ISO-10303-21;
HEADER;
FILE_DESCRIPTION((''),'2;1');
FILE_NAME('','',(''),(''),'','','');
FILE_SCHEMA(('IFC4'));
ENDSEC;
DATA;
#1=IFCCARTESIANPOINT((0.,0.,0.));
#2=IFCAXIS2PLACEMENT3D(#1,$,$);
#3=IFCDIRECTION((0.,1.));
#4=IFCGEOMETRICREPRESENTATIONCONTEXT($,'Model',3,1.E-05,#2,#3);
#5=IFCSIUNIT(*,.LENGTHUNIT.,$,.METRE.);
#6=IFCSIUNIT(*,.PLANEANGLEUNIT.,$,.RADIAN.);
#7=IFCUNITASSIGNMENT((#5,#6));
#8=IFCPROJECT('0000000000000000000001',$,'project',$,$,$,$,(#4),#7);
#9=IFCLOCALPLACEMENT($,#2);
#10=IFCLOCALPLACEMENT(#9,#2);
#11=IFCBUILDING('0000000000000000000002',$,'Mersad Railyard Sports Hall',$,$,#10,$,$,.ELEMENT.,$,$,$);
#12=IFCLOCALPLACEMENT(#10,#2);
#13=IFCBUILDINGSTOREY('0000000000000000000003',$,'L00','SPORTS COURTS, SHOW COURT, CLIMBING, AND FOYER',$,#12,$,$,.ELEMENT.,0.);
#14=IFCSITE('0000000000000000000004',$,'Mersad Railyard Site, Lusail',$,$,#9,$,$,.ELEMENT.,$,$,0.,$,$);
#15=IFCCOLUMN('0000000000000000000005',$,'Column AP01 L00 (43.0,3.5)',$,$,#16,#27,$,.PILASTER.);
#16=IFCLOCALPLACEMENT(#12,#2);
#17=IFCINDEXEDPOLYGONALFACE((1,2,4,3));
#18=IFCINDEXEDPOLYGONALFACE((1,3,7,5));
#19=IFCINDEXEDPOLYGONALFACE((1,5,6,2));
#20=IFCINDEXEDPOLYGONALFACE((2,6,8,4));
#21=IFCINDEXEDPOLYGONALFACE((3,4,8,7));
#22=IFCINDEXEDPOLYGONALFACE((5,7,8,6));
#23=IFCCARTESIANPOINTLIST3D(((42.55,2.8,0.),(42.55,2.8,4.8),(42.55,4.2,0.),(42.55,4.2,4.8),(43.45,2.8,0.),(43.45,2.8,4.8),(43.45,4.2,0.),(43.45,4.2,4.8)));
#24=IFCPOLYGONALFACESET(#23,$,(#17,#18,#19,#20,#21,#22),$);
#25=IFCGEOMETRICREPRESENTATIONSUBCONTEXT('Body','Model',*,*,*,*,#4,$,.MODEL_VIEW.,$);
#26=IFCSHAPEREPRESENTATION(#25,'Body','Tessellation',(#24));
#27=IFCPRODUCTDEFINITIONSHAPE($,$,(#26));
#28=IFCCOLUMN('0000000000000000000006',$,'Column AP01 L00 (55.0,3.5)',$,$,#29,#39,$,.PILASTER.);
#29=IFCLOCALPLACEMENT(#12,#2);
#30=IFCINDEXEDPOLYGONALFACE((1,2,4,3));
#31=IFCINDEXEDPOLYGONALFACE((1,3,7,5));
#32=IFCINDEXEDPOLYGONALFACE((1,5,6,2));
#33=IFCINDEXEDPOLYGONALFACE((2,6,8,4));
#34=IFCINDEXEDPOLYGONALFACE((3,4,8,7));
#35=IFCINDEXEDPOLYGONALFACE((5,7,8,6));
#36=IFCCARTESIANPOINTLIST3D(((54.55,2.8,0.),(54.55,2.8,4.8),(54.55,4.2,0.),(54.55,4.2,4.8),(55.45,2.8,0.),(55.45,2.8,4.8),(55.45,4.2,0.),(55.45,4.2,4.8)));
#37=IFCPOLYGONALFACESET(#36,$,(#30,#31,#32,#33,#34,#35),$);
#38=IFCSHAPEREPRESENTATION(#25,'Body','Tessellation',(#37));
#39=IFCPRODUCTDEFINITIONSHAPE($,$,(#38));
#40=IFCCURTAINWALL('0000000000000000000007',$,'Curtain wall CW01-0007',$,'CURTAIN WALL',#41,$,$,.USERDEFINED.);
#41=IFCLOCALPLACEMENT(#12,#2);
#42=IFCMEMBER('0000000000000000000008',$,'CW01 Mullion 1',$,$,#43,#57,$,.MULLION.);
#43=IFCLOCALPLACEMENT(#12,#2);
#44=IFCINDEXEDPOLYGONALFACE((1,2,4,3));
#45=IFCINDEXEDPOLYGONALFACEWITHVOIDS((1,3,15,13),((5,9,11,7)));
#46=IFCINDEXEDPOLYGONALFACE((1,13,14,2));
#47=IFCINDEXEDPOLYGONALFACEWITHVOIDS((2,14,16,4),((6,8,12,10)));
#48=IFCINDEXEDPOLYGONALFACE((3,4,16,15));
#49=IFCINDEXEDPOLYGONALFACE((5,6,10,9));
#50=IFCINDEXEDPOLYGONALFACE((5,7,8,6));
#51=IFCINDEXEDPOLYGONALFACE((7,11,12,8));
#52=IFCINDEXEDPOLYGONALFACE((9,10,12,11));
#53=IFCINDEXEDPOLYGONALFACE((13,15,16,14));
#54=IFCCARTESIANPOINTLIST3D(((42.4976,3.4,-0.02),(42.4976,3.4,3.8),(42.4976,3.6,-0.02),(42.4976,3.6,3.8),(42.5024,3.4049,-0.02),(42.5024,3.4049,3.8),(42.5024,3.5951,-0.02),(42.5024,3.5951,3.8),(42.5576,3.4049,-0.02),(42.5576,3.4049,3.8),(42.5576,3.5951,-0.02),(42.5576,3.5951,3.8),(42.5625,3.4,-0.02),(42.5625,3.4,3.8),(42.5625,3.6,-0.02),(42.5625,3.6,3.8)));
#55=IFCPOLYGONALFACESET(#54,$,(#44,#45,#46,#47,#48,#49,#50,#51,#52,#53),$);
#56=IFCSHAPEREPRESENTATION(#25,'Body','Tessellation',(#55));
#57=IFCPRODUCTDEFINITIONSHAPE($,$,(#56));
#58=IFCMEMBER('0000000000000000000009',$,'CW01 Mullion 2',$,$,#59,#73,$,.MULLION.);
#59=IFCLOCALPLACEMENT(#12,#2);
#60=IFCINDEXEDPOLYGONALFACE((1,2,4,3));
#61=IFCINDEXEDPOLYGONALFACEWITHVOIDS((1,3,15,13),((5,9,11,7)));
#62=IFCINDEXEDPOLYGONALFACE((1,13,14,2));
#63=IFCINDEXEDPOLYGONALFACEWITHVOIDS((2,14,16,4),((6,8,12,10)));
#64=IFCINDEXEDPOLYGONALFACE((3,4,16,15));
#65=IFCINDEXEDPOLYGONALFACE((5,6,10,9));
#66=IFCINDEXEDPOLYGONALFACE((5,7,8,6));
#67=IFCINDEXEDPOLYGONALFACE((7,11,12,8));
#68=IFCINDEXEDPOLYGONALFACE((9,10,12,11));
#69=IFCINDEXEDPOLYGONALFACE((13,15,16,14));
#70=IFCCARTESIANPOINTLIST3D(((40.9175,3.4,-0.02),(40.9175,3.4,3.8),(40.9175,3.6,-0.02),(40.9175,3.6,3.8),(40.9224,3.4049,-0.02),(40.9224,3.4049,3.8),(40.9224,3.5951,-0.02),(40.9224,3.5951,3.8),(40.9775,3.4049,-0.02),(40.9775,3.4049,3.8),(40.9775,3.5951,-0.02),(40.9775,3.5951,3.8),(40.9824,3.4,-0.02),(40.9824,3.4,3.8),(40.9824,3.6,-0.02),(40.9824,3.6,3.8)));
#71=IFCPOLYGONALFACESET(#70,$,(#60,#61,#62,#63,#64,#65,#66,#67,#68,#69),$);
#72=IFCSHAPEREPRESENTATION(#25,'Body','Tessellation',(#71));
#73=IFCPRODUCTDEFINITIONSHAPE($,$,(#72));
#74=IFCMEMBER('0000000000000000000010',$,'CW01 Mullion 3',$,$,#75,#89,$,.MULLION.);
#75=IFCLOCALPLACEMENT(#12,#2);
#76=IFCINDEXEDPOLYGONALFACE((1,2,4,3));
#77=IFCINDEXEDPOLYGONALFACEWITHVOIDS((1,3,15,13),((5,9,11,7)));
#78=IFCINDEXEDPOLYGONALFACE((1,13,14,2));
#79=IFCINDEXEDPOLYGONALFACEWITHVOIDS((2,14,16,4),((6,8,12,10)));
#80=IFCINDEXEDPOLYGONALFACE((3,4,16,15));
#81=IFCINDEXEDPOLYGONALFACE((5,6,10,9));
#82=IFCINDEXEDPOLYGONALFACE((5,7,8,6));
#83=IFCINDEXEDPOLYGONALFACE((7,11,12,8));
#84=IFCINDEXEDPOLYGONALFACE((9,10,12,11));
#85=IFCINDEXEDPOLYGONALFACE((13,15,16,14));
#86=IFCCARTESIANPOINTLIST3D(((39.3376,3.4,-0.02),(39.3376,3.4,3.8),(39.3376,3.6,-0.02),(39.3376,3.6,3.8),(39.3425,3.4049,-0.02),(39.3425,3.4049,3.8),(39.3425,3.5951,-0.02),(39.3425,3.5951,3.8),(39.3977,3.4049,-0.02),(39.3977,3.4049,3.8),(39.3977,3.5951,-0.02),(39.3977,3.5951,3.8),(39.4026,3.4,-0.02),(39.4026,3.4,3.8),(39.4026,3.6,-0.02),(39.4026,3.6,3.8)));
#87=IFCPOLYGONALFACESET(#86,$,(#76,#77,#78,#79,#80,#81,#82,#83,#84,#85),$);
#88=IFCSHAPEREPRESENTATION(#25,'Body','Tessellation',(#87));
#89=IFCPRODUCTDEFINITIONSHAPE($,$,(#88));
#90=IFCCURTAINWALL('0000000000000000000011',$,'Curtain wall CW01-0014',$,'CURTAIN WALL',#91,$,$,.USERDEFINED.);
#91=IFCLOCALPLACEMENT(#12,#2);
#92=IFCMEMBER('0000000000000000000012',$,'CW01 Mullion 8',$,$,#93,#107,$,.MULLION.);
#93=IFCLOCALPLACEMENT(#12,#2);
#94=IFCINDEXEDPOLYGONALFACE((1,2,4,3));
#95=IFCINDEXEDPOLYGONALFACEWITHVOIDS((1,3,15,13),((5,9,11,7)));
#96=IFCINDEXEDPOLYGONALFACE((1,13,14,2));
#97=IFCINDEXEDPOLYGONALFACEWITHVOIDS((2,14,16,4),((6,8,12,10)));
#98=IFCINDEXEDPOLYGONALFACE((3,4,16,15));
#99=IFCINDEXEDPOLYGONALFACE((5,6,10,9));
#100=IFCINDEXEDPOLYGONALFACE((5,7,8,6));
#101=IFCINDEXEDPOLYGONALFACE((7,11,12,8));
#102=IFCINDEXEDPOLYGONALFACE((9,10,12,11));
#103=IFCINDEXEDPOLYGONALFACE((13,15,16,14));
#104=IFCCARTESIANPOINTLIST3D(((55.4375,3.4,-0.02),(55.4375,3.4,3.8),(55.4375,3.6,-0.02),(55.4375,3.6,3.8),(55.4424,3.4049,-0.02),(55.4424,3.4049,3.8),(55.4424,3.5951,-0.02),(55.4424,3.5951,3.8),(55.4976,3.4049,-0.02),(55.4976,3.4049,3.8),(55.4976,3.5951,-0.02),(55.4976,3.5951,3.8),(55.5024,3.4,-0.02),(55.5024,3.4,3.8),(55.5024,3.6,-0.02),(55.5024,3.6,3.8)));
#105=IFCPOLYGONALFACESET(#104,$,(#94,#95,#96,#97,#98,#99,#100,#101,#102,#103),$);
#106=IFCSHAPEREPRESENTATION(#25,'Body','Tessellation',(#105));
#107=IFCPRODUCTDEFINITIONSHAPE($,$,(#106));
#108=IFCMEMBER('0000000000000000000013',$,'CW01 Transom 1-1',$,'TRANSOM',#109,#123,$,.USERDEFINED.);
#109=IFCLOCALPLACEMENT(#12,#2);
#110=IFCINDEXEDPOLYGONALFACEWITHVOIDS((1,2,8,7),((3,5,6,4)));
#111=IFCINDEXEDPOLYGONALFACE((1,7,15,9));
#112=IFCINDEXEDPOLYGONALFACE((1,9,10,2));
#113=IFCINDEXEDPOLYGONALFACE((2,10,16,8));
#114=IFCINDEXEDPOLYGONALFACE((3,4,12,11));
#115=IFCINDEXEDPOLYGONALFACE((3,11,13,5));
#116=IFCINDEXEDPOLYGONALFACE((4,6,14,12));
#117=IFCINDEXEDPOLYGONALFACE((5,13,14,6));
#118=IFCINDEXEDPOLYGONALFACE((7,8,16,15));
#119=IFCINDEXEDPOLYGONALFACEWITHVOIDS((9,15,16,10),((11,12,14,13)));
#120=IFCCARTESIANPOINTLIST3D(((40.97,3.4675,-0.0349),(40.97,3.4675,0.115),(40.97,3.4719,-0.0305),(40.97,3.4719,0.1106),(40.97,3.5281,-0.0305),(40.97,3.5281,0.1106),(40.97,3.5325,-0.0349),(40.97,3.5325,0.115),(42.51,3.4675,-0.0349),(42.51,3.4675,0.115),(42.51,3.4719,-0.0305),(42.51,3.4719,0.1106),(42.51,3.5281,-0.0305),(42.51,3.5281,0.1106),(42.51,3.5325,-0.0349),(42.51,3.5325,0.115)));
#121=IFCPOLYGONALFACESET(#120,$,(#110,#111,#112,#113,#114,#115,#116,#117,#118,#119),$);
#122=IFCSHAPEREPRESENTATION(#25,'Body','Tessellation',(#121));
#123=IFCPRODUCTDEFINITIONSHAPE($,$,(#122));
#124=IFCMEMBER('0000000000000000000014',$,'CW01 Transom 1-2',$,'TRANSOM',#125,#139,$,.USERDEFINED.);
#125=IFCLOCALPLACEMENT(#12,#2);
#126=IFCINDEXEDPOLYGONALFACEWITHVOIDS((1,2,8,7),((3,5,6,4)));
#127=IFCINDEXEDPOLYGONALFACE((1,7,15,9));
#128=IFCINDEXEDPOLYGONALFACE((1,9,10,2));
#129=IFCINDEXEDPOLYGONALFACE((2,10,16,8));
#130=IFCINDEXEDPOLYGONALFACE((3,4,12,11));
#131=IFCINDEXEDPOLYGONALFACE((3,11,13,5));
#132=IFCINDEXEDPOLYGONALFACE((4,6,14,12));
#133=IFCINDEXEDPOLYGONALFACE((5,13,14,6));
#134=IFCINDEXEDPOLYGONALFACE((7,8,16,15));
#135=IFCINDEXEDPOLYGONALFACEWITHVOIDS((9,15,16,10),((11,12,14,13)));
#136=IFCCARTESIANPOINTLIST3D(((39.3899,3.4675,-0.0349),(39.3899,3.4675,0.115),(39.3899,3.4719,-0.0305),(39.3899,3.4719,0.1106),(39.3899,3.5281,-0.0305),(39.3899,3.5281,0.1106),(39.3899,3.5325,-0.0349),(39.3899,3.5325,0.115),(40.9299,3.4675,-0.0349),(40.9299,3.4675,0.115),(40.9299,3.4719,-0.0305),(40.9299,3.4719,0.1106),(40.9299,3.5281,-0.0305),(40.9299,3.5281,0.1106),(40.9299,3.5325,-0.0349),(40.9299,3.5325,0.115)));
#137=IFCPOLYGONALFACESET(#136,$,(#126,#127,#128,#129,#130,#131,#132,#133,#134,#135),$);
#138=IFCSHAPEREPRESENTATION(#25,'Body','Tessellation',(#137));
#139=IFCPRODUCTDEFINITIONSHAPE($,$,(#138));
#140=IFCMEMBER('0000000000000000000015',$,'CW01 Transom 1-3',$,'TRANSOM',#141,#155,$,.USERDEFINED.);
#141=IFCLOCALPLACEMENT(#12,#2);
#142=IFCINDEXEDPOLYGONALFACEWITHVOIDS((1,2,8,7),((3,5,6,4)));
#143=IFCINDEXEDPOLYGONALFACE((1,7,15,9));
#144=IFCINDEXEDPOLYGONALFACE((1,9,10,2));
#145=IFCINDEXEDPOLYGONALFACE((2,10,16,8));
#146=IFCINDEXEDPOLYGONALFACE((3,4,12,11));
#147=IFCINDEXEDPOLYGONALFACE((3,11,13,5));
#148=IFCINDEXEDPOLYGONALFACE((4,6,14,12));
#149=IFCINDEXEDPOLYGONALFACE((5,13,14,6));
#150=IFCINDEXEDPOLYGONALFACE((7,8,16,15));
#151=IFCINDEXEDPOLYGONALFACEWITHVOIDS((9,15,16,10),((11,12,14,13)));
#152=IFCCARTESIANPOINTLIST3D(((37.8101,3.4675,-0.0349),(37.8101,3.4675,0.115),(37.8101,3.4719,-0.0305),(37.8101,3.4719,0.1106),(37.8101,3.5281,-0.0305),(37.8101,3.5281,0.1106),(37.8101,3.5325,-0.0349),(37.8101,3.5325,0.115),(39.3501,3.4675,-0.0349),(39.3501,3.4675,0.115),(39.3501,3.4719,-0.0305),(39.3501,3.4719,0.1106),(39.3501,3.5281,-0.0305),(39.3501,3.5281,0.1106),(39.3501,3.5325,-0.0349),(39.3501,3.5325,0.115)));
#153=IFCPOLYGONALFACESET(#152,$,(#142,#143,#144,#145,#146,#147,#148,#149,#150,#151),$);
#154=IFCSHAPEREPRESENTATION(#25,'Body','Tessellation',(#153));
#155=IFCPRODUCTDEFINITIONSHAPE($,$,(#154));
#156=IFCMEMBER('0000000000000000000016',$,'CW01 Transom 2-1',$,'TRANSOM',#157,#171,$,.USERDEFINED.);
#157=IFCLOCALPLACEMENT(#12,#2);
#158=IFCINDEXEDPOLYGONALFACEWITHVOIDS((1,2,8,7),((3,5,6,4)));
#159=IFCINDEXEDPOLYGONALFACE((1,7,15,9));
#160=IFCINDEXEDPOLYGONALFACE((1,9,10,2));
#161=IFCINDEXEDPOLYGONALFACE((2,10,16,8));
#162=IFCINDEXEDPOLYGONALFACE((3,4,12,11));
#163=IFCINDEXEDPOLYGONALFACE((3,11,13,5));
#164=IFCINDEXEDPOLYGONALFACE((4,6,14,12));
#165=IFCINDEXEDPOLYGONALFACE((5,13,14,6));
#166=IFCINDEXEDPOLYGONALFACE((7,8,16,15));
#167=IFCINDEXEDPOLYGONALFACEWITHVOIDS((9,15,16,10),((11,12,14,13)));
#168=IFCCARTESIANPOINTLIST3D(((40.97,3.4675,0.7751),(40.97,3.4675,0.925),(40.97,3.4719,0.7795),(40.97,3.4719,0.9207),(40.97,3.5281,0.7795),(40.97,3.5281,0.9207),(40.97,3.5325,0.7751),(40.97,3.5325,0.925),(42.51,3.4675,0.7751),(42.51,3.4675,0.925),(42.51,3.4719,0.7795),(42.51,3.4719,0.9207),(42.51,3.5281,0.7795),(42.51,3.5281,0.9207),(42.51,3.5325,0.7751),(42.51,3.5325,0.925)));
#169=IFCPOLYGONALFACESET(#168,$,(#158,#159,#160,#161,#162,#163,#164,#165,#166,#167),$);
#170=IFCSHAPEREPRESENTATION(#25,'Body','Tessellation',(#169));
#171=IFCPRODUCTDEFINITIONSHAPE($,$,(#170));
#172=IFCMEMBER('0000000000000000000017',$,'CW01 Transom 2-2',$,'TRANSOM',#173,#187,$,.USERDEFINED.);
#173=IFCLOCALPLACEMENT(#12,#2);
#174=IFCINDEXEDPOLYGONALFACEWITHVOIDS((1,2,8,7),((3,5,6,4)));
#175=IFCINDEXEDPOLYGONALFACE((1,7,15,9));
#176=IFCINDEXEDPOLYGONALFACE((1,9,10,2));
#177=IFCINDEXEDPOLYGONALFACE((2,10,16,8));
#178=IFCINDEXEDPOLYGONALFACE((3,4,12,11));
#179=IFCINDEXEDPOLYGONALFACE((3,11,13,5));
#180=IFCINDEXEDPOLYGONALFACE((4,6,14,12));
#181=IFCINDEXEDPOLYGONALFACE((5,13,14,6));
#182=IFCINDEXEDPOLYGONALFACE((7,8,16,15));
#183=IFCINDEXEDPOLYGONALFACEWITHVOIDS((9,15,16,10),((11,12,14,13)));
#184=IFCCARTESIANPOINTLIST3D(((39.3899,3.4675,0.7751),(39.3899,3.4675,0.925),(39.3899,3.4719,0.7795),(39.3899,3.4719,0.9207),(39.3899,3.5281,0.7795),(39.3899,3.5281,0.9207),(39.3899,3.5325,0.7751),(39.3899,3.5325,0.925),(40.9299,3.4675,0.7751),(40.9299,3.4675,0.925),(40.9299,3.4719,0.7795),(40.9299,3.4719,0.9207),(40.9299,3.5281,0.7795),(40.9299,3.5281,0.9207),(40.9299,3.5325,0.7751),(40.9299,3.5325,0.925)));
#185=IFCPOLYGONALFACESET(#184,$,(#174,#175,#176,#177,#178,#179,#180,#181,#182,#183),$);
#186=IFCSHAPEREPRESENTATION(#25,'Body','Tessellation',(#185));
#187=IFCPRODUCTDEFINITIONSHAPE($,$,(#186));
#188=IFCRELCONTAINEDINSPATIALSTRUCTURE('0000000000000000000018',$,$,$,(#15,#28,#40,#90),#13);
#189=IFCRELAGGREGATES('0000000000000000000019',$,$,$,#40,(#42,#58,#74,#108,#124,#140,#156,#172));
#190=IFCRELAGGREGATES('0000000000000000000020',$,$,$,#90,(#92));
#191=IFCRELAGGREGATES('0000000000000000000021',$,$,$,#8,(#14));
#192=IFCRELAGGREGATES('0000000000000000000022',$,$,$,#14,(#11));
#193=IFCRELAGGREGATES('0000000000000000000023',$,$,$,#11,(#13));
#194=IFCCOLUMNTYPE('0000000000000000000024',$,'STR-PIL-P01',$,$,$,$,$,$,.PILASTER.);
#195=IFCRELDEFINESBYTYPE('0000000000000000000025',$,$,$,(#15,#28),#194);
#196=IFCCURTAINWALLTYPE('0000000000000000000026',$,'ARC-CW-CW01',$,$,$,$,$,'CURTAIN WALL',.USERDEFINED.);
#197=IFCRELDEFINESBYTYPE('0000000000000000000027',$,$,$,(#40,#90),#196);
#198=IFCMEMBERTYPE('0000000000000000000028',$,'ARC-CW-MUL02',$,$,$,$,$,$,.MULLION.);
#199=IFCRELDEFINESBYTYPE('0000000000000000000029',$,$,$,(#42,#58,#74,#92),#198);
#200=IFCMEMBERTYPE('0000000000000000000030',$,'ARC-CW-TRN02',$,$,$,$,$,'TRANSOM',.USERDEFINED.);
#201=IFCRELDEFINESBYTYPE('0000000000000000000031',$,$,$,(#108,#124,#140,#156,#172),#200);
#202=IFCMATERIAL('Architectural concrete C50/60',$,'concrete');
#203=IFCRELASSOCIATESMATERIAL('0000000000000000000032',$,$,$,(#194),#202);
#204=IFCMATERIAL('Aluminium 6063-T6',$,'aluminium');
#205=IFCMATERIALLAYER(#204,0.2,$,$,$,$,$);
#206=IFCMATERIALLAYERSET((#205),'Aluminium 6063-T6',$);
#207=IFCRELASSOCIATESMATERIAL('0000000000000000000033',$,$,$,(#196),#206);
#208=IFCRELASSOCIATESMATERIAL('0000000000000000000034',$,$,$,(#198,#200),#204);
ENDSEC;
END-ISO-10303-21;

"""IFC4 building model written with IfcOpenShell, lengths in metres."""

from ifc_helpers import new_model, si_unit, direction, frame, origin, origin_2d, place, context, subcontext, project, spatial, rectangle, hollow_rectangle, extrude, material, layer, layer_set, material_profile, profile_set, type_object, element, aggregate, save


model = new_model("IFC4")

# Units and contexts
model_context = context("Model", 3, precision=1e-05, world=origin(), true_north=direction((0.0, 1.0)))
body_context = subcontext(model_context, "Body", "Model", "MODEL_VIEW")
ifc_project = project(units=[si_unit("LENGTHUNIT", "METRE"), si_unit("PLANEANGLEUNIT", "RADIAN")], contexts=[model_context])

# Site, building, storey
site_placement = place(None, origin())
site = spatial("IfcSite", under=ifc_project, at=site_placement, Name="Mersad Railyard Site, Lusail", CompositionType="ELEMENT", RefElevation=0.0)
building_placement = place(site_placement, origin())
building = spatial("IfcBuilding", under=site, at=building_placement, Name="Mersad Railyard Sports Hall", CompositionType="ELEMENT")
storey_placement = place(building_placement, origin())
storey = spatial("IfcBuildingStorey", under=building, at=storey_placement, Name="L00", Description="SPORTS COURTS, SHOW COURT, CLIMBING, AND FOYER", CompositionType="ELEMENT", Elevation=0.0)

# Columns
ifc_material_1 = material(Name="Architectural concrete C50/60", Category="concrete")
ifc_material_profile_1 = material_profile(ifc_material_1, rectangle(XDim=0.8999, YDim=1.3999, at=origin_2d()), Name="RC 900x1400")
ifc_profile_set_1 = profile_set([ifc_material_profile_1], Name="Architectural concrete C50/60")
column_type = type_object("IfcColumnType", Name="STR-PIL-P01", PredefinedType="PILASTER", material=ifc_profile_set_1)
for number, where, z_axis, x_axis, name in (
    (1, (43.0, 3.5, 0.0), (0.0, 0.0, 1.0), (1.0, 0.0, 0.0), "Column AP01 L00 (43.0,3.5)"),
    (2, (55.0, 3.5, 0.0), (0.0, 0.0, 1.0), (1.0, 0.0, 0.0), "Column AP01 L00 (55.0,3.5)"),
):
    element("IfcColumn", number, at=place(storey_placement, frame(where, z_axis=z_axis, x_axis=x_axis)), inside=storey, type_object=column_type, Name=name, PredefinedType="PILASTER", context=body_context, shape_type="SweptSolid", body=[
        extrude(rectangle(XDim=0.8999, YDim=1.3999, at=origin_2d()), origin(), (0.0, 0.0, 1.0), 4.8),
    ])

# Curtain wall, members
ifc_material_2 = material(Name="Aluminium 6063-T6", Category="aluminium")
ifc_layer_1 = layer(ifc_material_2, 0.2)
ifc_layer_set_1 = layer_set([ifc_layer_1], Name="Aluminium 6063-T6")
curtain_wall_type = type_object("IfcCurtainWallType", Name="ARC-CW-CW01", ElementType="CURTAIN WALL", PredefinedType="USERDEFINED", material=ifc_layer_set_1)
curtain_wall_1_placement = place(storey_placement, origin())
curtain_wall_1 = element("IfcCurtainWall", 3, at=curtain_wall_1_placement, inside=storey, type_object=curtain_wall_type, Name="Curtain wall CW01-0007", ObjectType="CURTAIN WALL", PredefinedType="USERDEFINED")
ifc_material_profile_2 = material_profile(ifc_material_2, hollow_rectangle(XDim=0.0649, YDim=0.2, WallThickness=0.0049, at=origin_2d()), Name="AL MULLION 65x200x5")
ifc_profile_set_2 = profile_set([ifc_material_profile_2], Name="Aluminium 6063-T6")
member_type_1 = type_object("IfcMemberType", Name="ARC-CW-MUL02", PredefinedType="MULLION", material=ifc_profile_set_2)
member_1_placement = place(storey_placement, frame((42.53, 3.5, -0.02), z_axis=(0.0, 0.0, 1.0), x_axis=(1.0, 0.0, 0.0)))
member_1 = element("IfcMember", 4, at=member_1_placement, type_object=member_type_1, Name="CW01 Mullion 1", PredefinedType="MULLION", context=body_context, shape_type="SweptSolid", body=[
    extrude(hollow_rectangle(XDim=0.0649, YDim=0.2, WallThickness=0.0049, at=origin_2d()), origin(), (0.0, 0.0, 1.0), 3.8201),
])
member_2_placement = place(storey_placement, frame((40.95, 3.5, -0.02), z_axis=(0.0, 0.0, 1.0), x_axis=(1.0, 0.0, 0.0)))
member_2 = element("IfcMember", 5, at=member_2_placement, type_object=member_type_1, Name="CW01 Mullion 2", PredefinedType="MULLION", context=body_context, shape_type="SweptSolid", body=[
    extrude(hollow_rectangle(XDim=0.0649, YDim=0.2, WallThickness=0.0049, at=origin_2d()), origin(), (0.0, 0.0, 1.0), 3.8201),
])
member_3_placement = place(storey_placement, frame((39.3701, 3.5, -0.02), z_axis=(0.0, 0.0, 1.0), x_axis=(1.0, 0.0, 0.0)))
member_3 = element("IfcMember", 6, at=member_3_placement, type_object=member_type_1, Name="CW01 Mullion 3", PredefinedType="MULLION", context=body_context, shape_type="SweptSolid", body=[
    extrude(hollow_rectangle(XDim=0.0649, YDim=0.2, WallThickness=0.0049, at=origin_2d()), origin(), (0.0, 0.0, 1.0), 3.8201),
])

# Curtain wall, member
curtain_wall_2_placement = place(storey_placement, origin())
curtain_wall_2 = element("IfcCurtainWall", 7, at=curtain_wall_2_placement, inside=storey, type_object=curtain_wall_type, Name="Curtain wall CW01-0014", ObjectType="CURTAIN WALL", PredefinedType="USERDEFINED")
member_4_placement = place(storey_placement, frame((55.47, 3.5, -0.02), z_axis=(0.0, 0.0, 1.0), x_axis=(1.0, 0.0, 0.0)))
member_4 = element("IfcMember", 8, at=member_4_placement, type_object=member_type_1, Name="CW01 Mullion 8", PredefinedType="MULLION", context=body_context, shape_type="SweptSolid", body=[
    extrude(hollow_rectangle(XDim=0.0649, YDim=0.2, WallThickness=0.0049, at=origin_2d()), origin(), (0.0, 0.0, 1.0), 3.8201),
])

# Members
ifc_material_profile_3 = material_profile(ifc_material_2, hollow_rectangle(XDim=0.0649, YDim=0.1499, WallThickness=0.0044, at=origin_2d()), Name="AL TRANSOM 65x150x4.5")
ifc_profile_set_3 = profile_set([ifc_material_profile_3], Name="Aluminium 6063-T6")
member_type_2 = type_object("IfcMemberType", Name="ARC-CW-TRN02", ElementType="TRANSOM", PredefinedType="USERDEFINED", material=ifc_profile_set_3)
member_5_placement = place(storey_placement, frame((42.51, 3.5, 0.04), z_axis=(-1.0, 0.0, 0.0), x_axis=(0.0, -1.0, 0.0)))
member_5 = element("IfcMember", 9, at=member_5_placement, type_object=member_type_2, Name="CW01 Transom 1-1", ObjectType="TRANSOM", PredefinedType="USERDEFINED", context=body_context, shape_type="SweptSolid", body=[
    extrude(hollow_rectangle(XDim=0.0649, YDim=0.1499, WallThickness=0.0044, at=origin_2d()), origin(), (0.0, 0.0, 1.0), 1.54),
])
member_6_placement = place(storey_placement, frame((40.9299, 3.5, 0.04), z_axis=(-1.0, 0.0, 0.0), x_axis=(0.0, -1.0, 0.0)))
member_6 = element("IfcMember", 10, at=member_6_placement, type_object=member_type_2, Name="CW01 Transom 1-2", ObjectType="TRANSOM", PredefinedType="USERDEFINED", context=body_context, shape_type="SweptSolid", body=[
    extrude(hollow_rectangle(XDim=0.0649, YDim=0.1499, WallThickness=0.0044, at=origin_2d()), origin(), (0.0, 0.0, 1.0), 1.54),
])
member_7_placement = place(storey_placement, frame((39.3501, 3.5, 0.04), z_axis=(-1.0, 0.0, 0.0), x_axis=(0.0, -1.0, 0.0)))
member_7 = element("IfcMember", 11, at=member_7_placement, type_object=member_type_2, Name="CW01 Transom 1-3", ObjectType="TRANSOM", PredefinedType="USERDEFINED", context=body_context, shape_type="SweptSolid", body=[
    extrude(hollow_rectangle(XDim=0.0649, YDim=0.1499, WallThickness=0.0044, at=origin_2d()), origin(), (0.0, 0.0, 1.0), 1.54),
])
member_8_placement = place(storey_placement, frame((42.51, 3.5, 0.8501), z_axis=(-1.0, 0.0, 0.0), x_axis=(0.0, -1.0, 0.0)))
member_8 = element("IfcMember", 12, at=member_8_placement, type_object=member_type_2, Name="CW01 Transom 2-1", ObjectType="TRANSOM", PredefinedType="USERDEFINED", context=body_context, shape_type="SweptSolid", body=[
    extrude(hollow_rectangle(XDim=0.0649, YDim=0.1499, WallThickness=0.0044, at=origin_2d()), origin(), (0.0, 0.0, 1.0), 1.54),
])
member_9_placement = place(storey_placement, frame((40.9299, 3.5, 0.8501), z_axis=(-1.0, 0.0, 0.0), x_axis=(0.0, -1.0, 0.0)))
member_9 = element("IfcMember", 13, at=member_9_placement, type_object=member_type_2, Name="CW01 Transom 2-2", ObjectType="TRANSOM", PredefinedType="USERDEFINED", context=body_context, shape_type="SweptSolid", body=[
    extrude(hollow_rectangle(XDim=0.0649, YDim=0.1499, WallThickness=0.0044, at=origin_2d()), origin(), (0.0, 0.0, 1.0), 1.54),
])

aggregate(curtain_wall_1, [member_1, member_2, member_3, member_5, member_6, member_7, member_8, member_9])
aggregate(curtain_wall_2, [member_4])

save(model, "model.ifc")
